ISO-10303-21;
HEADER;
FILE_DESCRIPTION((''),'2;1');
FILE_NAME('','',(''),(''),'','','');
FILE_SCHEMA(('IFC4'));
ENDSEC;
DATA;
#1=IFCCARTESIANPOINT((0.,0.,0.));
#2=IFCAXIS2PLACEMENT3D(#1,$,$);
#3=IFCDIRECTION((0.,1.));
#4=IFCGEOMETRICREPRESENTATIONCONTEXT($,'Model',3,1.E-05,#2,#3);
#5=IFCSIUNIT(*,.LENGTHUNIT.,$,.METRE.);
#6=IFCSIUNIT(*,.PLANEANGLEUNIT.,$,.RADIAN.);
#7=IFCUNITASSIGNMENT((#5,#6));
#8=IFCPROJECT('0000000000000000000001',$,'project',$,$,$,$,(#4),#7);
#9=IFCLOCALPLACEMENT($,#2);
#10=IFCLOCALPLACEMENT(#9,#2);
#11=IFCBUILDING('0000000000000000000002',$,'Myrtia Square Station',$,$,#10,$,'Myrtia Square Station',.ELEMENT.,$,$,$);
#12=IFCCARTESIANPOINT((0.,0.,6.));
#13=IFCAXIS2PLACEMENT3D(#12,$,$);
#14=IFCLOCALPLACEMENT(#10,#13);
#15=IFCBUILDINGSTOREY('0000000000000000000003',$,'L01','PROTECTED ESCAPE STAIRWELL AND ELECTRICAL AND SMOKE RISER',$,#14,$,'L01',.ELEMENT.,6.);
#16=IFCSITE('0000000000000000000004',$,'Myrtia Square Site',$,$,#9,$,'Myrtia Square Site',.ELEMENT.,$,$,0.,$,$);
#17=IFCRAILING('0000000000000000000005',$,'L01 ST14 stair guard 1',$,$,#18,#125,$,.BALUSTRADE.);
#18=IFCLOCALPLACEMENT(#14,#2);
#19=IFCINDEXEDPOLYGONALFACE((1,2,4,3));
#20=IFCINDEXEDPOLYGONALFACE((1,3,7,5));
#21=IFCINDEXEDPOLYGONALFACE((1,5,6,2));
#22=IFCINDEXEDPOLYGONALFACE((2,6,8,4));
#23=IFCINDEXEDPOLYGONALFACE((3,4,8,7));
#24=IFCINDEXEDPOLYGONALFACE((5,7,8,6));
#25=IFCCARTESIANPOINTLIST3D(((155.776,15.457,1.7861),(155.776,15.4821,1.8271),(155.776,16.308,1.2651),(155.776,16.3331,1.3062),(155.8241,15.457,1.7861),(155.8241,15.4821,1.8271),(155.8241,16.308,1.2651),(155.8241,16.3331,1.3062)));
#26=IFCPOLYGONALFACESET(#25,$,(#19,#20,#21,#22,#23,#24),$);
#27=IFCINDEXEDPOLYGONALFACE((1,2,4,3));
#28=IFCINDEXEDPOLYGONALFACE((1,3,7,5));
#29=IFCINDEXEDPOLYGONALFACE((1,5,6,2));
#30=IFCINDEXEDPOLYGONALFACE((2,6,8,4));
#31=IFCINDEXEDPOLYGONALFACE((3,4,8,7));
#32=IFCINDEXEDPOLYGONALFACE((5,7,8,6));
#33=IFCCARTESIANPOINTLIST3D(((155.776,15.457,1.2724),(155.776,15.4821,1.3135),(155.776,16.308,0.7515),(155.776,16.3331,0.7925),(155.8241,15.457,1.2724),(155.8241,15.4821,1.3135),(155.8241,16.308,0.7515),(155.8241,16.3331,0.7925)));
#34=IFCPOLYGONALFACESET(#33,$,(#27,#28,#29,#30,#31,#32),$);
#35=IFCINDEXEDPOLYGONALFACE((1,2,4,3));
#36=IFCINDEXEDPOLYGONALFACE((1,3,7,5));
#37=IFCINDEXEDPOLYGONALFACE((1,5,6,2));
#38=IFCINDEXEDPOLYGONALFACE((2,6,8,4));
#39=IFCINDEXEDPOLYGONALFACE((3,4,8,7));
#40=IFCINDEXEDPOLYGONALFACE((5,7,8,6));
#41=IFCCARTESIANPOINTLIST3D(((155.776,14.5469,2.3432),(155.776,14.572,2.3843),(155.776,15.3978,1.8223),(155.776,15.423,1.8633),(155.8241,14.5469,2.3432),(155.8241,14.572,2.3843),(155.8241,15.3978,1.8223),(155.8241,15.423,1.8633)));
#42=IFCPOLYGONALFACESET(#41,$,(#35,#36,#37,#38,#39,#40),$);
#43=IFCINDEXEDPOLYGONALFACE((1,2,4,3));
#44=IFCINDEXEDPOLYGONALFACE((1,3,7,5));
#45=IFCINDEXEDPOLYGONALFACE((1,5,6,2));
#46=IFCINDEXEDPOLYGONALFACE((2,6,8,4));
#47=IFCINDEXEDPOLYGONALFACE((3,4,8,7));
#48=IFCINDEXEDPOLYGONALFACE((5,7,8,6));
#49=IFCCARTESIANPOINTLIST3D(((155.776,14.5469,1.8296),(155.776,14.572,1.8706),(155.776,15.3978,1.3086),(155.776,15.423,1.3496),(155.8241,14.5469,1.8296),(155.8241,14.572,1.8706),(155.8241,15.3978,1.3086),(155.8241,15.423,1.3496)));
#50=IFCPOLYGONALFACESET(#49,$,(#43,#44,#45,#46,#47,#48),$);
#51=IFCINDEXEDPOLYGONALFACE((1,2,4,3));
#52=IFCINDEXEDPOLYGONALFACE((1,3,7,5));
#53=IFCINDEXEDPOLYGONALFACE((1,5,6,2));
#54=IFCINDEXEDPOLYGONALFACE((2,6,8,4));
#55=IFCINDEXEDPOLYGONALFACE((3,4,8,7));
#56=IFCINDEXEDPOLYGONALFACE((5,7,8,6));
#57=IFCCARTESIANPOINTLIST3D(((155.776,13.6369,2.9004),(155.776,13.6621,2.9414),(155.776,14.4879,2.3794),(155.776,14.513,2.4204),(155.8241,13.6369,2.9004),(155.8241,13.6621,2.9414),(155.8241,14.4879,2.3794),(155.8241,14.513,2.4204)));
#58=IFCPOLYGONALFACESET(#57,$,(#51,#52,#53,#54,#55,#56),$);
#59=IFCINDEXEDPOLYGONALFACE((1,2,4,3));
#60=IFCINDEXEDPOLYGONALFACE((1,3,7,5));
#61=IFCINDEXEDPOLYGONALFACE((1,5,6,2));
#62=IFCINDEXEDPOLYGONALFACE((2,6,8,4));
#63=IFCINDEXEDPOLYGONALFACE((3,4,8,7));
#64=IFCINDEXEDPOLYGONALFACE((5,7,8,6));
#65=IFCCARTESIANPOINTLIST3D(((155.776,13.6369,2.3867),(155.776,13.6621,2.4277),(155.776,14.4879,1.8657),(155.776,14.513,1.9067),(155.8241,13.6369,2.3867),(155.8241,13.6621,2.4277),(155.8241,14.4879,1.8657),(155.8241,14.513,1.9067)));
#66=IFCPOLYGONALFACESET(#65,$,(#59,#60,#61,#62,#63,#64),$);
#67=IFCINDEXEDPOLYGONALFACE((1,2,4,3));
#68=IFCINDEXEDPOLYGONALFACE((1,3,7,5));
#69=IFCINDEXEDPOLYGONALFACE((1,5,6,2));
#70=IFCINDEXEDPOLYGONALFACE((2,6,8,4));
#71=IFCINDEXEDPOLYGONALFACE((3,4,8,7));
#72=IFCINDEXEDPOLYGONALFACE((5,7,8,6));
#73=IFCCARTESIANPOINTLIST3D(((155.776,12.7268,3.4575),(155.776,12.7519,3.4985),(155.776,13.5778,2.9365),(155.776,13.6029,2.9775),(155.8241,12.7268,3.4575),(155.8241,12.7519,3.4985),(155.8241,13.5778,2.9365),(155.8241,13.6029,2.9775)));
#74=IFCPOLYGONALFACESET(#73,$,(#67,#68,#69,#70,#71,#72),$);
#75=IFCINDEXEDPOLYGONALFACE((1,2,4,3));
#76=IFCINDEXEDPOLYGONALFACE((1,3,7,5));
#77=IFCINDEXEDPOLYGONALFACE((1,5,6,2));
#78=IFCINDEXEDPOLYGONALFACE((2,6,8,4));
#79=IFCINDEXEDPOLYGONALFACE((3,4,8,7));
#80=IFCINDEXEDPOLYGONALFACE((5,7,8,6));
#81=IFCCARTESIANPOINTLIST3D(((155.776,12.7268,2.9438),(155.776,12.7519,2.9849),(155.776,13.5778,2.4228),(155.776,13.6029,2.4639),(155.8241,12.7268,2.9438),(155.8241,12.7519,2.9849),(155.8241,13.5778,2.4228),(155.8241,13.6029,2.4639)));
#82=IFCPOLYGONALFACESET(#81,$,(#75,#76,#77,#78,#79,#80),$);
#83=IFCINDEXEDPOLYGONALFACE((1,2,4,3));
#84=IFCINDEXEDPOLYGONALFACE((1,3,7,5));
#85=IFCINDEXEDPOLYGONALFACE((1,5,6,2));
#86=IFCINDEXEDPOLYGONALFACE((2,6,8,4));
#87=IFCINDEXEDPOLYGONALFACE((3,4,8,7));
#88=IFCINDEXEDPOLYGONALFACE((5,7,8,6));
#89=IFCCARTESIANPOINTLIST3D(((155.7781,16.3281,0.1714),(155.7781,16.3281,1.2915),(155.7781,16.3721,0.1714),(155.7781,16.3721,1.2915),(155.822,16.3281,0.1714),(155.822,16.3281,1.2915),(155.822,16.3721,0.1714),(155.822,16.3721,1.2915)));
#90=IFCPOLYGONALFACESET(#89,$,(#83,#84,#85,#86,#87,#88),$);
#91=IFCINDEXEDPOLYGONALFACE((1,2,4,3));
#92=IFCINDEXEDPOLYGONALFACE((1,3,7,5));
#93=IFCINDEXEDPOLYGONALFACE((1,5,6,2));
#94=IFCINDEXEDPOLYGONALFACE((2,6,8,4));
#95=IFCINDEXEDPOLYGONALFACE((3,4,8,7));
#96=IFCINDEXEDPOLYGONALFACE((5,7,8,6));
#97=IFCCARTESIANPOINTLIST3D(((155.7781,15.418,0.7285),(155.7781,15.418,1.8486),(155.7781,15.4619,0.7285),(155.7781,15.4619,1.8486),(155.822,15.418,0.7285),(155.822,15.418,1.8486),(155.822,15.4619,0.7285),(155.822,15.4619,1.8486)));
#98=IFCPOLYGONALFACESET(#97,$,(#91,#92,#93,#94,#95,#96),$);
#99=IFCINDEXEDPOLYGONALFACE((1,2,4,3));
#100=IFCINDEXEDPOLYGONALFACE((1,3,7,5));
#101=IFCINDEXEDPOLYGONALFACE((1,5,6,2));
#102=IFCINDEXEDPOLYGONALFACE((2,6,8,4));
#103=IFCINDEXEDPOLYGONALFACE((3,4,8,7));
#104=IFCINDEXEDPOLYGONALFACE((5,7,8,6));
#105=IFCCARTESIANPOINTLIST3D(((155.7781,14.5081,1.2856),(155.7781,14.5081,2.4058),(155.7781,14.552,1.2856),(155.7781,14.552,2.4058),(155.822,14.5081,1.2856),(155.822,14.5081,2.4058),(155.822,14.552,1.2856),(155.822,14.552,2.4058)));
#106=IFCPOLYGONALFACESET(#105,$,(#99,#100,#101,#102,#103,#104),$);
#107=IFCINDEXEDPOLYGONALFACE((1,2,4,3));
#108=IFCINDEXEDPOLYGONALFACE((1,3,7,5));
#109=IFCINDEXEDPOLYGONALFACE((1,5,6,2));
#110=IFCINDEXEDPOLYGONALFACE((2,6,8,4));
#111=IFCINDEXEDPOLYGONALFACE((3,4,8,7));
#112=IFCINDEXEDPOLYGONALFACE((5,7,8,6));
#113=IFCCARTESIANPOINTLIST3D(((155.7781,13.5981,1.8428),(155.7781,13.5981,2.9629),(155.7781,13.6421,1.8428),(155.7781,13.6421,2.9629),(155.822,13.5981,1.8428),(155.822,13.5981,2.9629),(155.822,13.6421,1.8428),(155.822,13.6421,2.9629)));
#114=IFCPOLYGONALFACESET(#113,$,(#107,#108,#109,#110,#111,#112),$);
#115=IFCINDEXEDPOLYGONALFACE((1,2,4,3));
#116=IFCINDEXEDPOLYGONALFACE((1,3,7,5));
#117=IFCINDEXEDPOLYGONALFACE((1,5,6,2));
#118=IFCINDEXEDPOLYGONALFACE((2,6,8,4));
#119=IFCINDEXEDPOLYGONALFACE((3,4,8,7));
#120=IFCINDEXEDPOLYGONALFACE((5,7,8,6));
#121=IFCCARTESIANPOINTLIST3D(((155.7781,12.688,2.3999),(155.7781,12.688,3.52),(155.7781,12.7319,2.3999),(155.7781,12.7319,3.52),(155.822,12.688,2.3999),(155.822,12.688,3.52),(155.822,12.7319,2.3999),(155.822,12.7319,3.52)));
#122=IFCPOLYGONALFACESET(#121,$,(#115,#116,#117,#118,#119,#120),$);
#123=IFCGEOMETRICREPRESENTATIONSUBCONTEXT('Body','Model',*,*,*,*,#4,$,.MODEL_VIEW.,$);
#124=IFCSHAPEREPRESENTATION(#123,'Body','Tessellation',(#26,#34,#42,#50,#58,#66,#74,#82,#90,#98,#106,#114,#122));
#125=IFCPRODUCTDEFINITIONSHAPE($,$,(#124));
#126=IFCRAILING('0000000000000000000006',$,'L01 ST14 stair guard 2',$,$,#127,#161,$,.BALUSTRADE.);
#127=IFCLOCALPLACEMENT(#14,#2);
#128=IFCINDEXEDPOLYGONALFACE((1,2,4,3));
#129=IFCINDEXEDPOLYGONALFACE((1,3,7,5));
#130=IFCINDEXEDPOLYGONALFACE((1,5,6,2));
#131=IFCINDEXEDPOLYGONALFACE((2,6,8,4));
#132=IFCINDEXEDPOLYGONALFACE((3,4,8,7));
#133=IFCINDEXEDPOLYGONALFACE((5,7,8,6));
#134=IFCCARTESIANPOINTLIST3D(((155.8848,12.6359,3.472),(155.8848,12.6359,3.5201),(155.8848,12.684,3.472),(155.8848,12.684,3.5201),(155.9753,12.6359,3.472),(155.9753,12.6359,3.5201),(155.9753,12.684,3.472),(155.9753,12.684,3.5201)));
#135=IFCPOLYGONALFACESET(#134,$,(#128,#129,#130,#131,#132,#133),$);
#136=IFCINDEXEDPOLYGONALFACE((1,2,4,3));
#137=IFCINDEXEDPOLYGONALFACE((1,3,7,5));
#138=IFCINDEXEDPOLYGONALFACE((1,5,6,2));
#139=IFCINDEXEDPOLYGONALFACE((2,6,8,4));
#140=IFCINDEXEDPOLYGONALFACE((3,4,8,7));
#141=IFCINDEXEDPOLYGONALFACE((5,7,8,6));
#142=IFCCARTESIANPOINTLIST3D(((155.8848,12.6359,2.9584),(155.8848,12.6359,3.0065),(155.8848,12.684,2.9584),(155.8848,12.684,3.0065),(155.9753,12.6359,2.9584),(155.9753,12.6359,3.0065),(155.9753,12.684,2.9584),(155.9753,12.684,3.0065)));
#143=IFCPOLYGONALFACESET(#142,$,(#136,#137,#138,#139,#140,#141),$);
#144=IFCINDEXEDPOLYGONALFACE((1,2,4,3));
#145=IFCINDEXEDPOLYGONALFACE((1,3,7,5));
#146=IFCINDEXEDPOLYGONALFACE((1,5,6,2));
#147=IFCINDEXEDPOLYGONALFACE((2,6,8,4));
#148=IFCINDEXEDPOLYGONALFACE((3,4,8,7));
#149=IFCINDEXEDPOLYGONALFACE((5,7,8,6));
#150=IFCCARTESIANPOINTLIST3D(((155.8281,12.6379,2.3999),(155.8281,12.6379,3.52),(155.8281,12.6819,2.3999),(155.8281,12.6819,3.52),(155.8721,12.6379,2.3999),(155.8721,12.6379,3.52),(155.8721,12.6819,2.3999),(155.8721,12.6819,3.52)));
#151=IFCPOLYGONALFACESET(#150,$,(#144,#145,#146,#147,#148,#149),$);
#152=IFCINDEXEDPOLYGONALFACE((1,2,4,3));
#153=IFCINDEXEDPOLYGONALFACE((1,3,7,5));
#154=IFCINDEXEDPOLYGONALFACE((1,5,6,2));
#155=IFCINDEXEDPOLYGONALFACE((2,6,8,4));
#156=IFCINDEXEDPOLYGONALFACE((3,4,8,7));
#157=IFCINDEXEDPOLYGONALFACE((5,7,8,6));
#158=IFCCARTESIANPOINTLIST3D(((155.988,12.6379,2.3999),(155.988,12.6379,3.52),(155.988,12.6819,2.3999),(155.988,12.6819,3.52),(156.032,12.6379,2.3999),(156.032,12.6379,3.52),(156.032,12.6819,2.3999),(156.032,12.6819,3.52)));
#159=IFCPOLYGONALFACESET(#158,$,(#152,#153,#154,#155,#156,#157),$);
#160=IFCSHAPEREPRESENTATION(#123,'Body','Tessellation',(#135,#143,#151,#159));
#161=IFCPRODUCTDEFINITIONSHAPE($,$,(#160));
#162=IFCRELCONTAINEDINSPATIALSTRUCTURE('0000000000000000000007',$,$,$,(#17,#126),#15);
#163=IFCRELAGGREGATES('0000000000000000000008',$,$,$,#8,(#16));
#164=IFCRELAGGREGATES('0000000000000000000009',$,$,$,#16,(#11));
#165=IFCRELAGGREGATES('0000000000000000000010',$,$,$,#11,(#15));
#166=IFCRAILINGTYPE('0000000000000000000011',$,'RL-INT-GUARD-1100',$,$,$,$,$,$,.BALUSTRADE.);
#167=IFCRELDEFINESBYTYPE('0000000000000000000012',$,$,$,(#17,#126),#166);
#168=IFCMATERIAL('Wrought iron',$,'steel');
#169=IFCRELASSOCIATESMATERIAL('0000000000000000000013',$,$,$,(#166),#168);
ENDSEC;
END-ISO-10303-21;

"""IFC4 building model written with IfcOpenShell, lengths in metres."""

from ifc_helpers import new_model, si_unit, direction, frame, origin, origin_2d, place, context, subcontext, project, spatial, rectangle, extrude, material, type_object, element, save


model = new_model("IFC4")

# Units and contexts
model_context = context("Model", 3, precision=1e-05, world=origin(), true_north=direction((0.0, 1.0)))
body_context = subcontext(model_context, "Body", "Model", "MODEL_VIEW")
ifc_project = project(units=[si_unit("LENGTHUNIT", "METRE"), si_unit("PLANEANGLEUNIT", "RADIAN")], contexts=[model_context])

# Site, building, storey
site_placement = place(None, origin())
site = spatial("IfcSite", under=ifc_project, at=site_placement, Name="Myrtia Square Site", LongName="Myrtia Square Site", CompositionType="ELEMENT", RefElevation=0.0)
building_placement = place(site_placement, origin())
building = spatial("IfcBuilding", under=site, at=building_placement, Name="Myrtia Square Station", LongName="Myrtia Square Station", CompositionType="ELEMENT")
storey_placement = place(building_placement, frame((0.0, 0.0, 6.0)))
storey = spatial("IfcBuildingStorey", under=building, at=storey_placement, Name="L01", Description="PROTECTED ESCAPE STAIRWELL AND ELECTRICAL AND SMOKE RISER", LongName="L01", CompositionType="ELEMENT", Elevation=6.0)

# Railings
ifc_material_1 = material(Name="Wrought iron", Category="steel")
railing_type_1 = type_object("IfcRailingType", Name="RL-INT-GUARD-1100", PredefinedType="BALUSTRADE", material=ifc_material_1)
railing_1_placement = place(storey_placement, frame((155.8, 16.3501, 0.1714)))
element("IfcRailing", 1, at=railing_1_placement, inside=storey, type_object=railing_type_1, Name="L01 ST14 stair guard 1", PredefinedType="BALUSTRADE", context=body_context, shape_type="SweptSolid", body=[
    extrude(rectangle(XDim=0.0481, YDim=0.0481, at=origin_2d()), frame((0.0, -0.0295, 1.1143), z_axis=(0.0, -0.852866, 0.52213), x_axis=(1.0, 0.0, 0.0)), (0.0, 0.0, 1.0), 0.9978),
    extrude(rectangle(XDim=0.0481, YDim=0.0481, at=origin_2d()), frame((0.0, -0.0295, 0.6006), z_axis=(0.0, -0.852866, 0.52213), x_axis=(1.0, 0.0, 0.0)), (0.0, 0.0, 1.0), 0.9978),
    extrude(rectangle(XDim=0.0481, YDim=0.0481, at=origin_2d()), frame((0.0, -0.9397, 1.6714), z_axis=(0.0, -0.852866, 0.52213), x_axis=(1.0, 0.0, 0.0)), (0.0, 0.0, 1.0), 0.9978),
    extrude(rectangle(XDim=0.0481, YDim=0.0481, at=origin_2d()), frame((0.0, -0.9397, 1.1577), z_axis=(0.0, -0.852866, 0.52213), x_axis=(1.0, 0.0, 0.0)), (0.0, 0.0, 1.0), 0.9978),
    extrude(rectangle(XDim=0.0481, YDim=0.0481, at=origin_2d()), frame((0.0, -1.8496, 2.2285), z_axis=(0.0, -0.852866, 0.52213), x_axis=(1.0, 0.0, 0.0)), (0.0, 0.0, 1.0), 0.9978),
    extrude(rectangle(XDim=0.0481, YDim=0.0481, at=origin_2d()), frame((0.0, -1.8496, 1.7148), z_axis=(0.0, -0.852866, 0.52213), x_axis=(1.0, 0.0, 0.0)), (0.0, 0.0, 1.0), 0.9978),
    extrude(rectangle(XDim=0.0481, YDim=0.0481, at=origin_2d()), frame((0.0, -2.7598, 2.7856), z_axis=(0.0, -0.852866, 0.52213), x_axis=(1.0, 0.0, 0.0)), (0.0, 0.0, 1.0), 0.9978),
    extrude(rectangle(XDim=0.0481, YDim=0.0481, at=origin_2d()), frame((0.0, -2.7598, 2.272), z_axis=(0.0, -0.852866, 0.52213), x_axis=(1.0, 0.0, 0.0)), (0.0, 0.0, 1.0), 0.9978),
    extrude(rectangle(XDim=0.0439, YDim=0.0439, at=origin_2d()), origin(), (0.0, 0.0, 1.0), 1.1201),
    extrude(rectangle(XDim=0.0439, YDim=0.0439, at=origin_2d()), frame((0.0, -0.9102, 0.5571)), (0.0, 0.0, 1.0), 1.1201),
    extrude(rectangle(XDim=0.0439, YDim=0.0439, at=origin_2d()), frame((0.0, -1.8201, 1.1143)), (0.0, 0.0, 1.0), 1.1201),
    extrude(rectangle(XDim=0.0439, YDim=0.0439, at=origin_2d()), frame((0.0, -2.73, 1.6714)), (0.0, 0.0, 1.0), 1.1201),
    extrude(rectangle(XDim=0.0439, YDim=0.0439, at=origin_2d()), frame((0.0, -3.6401, 2.2285)), (0.0, 0.0, 1.0), 1.1201),
])
railing_2_placement = place(storey_placement, frame((155.8501, 12.6599, 2.3999)))
element("IfcRailing", 2, at=railing_2_placement, inside=storey, type_object=railing_type_1, Name="L01 ST14 stair guard 2", PredefinedType="BALUSTRADE", context=body_context, shape_type="SweptSolid", body=[
    extrude(rectangle(XDim=0.0481, YDim=0.0481, at=origin_2d()), frame((0.0347, 0.0, 1.0962), z_axis=(1.0, 0.0, 0.0), x_axis=(0.0, 1.0, 0.0)), (0.0, 0.0, 1.0), 0.0906),
    extrude(rectangle(XDim=0.0481, YDim=0.0481, at=origin_2d()), frame((0.0347, 0.0, 0.5825), z_axis=(1.0, 0.0, 0.0), x_axis=(0.0, 1.0, 0.0)), (0.0, 0.0, 1.0), 0.0906),
    extrude(rectangle(XDim=0.0439, YDim=0.0439, at=origin_2d()), origin(), (0.0, 0.0, 1.0), 1.1201),
    extrude(rectangle(XDim=0.0439, YDim=0.0439, at=origin_2d()), frame((0.1599, 0.0, 0.0)), (0.0, 0.0, 1.0), 1.1201),
])

save(model, "model.ifc")
